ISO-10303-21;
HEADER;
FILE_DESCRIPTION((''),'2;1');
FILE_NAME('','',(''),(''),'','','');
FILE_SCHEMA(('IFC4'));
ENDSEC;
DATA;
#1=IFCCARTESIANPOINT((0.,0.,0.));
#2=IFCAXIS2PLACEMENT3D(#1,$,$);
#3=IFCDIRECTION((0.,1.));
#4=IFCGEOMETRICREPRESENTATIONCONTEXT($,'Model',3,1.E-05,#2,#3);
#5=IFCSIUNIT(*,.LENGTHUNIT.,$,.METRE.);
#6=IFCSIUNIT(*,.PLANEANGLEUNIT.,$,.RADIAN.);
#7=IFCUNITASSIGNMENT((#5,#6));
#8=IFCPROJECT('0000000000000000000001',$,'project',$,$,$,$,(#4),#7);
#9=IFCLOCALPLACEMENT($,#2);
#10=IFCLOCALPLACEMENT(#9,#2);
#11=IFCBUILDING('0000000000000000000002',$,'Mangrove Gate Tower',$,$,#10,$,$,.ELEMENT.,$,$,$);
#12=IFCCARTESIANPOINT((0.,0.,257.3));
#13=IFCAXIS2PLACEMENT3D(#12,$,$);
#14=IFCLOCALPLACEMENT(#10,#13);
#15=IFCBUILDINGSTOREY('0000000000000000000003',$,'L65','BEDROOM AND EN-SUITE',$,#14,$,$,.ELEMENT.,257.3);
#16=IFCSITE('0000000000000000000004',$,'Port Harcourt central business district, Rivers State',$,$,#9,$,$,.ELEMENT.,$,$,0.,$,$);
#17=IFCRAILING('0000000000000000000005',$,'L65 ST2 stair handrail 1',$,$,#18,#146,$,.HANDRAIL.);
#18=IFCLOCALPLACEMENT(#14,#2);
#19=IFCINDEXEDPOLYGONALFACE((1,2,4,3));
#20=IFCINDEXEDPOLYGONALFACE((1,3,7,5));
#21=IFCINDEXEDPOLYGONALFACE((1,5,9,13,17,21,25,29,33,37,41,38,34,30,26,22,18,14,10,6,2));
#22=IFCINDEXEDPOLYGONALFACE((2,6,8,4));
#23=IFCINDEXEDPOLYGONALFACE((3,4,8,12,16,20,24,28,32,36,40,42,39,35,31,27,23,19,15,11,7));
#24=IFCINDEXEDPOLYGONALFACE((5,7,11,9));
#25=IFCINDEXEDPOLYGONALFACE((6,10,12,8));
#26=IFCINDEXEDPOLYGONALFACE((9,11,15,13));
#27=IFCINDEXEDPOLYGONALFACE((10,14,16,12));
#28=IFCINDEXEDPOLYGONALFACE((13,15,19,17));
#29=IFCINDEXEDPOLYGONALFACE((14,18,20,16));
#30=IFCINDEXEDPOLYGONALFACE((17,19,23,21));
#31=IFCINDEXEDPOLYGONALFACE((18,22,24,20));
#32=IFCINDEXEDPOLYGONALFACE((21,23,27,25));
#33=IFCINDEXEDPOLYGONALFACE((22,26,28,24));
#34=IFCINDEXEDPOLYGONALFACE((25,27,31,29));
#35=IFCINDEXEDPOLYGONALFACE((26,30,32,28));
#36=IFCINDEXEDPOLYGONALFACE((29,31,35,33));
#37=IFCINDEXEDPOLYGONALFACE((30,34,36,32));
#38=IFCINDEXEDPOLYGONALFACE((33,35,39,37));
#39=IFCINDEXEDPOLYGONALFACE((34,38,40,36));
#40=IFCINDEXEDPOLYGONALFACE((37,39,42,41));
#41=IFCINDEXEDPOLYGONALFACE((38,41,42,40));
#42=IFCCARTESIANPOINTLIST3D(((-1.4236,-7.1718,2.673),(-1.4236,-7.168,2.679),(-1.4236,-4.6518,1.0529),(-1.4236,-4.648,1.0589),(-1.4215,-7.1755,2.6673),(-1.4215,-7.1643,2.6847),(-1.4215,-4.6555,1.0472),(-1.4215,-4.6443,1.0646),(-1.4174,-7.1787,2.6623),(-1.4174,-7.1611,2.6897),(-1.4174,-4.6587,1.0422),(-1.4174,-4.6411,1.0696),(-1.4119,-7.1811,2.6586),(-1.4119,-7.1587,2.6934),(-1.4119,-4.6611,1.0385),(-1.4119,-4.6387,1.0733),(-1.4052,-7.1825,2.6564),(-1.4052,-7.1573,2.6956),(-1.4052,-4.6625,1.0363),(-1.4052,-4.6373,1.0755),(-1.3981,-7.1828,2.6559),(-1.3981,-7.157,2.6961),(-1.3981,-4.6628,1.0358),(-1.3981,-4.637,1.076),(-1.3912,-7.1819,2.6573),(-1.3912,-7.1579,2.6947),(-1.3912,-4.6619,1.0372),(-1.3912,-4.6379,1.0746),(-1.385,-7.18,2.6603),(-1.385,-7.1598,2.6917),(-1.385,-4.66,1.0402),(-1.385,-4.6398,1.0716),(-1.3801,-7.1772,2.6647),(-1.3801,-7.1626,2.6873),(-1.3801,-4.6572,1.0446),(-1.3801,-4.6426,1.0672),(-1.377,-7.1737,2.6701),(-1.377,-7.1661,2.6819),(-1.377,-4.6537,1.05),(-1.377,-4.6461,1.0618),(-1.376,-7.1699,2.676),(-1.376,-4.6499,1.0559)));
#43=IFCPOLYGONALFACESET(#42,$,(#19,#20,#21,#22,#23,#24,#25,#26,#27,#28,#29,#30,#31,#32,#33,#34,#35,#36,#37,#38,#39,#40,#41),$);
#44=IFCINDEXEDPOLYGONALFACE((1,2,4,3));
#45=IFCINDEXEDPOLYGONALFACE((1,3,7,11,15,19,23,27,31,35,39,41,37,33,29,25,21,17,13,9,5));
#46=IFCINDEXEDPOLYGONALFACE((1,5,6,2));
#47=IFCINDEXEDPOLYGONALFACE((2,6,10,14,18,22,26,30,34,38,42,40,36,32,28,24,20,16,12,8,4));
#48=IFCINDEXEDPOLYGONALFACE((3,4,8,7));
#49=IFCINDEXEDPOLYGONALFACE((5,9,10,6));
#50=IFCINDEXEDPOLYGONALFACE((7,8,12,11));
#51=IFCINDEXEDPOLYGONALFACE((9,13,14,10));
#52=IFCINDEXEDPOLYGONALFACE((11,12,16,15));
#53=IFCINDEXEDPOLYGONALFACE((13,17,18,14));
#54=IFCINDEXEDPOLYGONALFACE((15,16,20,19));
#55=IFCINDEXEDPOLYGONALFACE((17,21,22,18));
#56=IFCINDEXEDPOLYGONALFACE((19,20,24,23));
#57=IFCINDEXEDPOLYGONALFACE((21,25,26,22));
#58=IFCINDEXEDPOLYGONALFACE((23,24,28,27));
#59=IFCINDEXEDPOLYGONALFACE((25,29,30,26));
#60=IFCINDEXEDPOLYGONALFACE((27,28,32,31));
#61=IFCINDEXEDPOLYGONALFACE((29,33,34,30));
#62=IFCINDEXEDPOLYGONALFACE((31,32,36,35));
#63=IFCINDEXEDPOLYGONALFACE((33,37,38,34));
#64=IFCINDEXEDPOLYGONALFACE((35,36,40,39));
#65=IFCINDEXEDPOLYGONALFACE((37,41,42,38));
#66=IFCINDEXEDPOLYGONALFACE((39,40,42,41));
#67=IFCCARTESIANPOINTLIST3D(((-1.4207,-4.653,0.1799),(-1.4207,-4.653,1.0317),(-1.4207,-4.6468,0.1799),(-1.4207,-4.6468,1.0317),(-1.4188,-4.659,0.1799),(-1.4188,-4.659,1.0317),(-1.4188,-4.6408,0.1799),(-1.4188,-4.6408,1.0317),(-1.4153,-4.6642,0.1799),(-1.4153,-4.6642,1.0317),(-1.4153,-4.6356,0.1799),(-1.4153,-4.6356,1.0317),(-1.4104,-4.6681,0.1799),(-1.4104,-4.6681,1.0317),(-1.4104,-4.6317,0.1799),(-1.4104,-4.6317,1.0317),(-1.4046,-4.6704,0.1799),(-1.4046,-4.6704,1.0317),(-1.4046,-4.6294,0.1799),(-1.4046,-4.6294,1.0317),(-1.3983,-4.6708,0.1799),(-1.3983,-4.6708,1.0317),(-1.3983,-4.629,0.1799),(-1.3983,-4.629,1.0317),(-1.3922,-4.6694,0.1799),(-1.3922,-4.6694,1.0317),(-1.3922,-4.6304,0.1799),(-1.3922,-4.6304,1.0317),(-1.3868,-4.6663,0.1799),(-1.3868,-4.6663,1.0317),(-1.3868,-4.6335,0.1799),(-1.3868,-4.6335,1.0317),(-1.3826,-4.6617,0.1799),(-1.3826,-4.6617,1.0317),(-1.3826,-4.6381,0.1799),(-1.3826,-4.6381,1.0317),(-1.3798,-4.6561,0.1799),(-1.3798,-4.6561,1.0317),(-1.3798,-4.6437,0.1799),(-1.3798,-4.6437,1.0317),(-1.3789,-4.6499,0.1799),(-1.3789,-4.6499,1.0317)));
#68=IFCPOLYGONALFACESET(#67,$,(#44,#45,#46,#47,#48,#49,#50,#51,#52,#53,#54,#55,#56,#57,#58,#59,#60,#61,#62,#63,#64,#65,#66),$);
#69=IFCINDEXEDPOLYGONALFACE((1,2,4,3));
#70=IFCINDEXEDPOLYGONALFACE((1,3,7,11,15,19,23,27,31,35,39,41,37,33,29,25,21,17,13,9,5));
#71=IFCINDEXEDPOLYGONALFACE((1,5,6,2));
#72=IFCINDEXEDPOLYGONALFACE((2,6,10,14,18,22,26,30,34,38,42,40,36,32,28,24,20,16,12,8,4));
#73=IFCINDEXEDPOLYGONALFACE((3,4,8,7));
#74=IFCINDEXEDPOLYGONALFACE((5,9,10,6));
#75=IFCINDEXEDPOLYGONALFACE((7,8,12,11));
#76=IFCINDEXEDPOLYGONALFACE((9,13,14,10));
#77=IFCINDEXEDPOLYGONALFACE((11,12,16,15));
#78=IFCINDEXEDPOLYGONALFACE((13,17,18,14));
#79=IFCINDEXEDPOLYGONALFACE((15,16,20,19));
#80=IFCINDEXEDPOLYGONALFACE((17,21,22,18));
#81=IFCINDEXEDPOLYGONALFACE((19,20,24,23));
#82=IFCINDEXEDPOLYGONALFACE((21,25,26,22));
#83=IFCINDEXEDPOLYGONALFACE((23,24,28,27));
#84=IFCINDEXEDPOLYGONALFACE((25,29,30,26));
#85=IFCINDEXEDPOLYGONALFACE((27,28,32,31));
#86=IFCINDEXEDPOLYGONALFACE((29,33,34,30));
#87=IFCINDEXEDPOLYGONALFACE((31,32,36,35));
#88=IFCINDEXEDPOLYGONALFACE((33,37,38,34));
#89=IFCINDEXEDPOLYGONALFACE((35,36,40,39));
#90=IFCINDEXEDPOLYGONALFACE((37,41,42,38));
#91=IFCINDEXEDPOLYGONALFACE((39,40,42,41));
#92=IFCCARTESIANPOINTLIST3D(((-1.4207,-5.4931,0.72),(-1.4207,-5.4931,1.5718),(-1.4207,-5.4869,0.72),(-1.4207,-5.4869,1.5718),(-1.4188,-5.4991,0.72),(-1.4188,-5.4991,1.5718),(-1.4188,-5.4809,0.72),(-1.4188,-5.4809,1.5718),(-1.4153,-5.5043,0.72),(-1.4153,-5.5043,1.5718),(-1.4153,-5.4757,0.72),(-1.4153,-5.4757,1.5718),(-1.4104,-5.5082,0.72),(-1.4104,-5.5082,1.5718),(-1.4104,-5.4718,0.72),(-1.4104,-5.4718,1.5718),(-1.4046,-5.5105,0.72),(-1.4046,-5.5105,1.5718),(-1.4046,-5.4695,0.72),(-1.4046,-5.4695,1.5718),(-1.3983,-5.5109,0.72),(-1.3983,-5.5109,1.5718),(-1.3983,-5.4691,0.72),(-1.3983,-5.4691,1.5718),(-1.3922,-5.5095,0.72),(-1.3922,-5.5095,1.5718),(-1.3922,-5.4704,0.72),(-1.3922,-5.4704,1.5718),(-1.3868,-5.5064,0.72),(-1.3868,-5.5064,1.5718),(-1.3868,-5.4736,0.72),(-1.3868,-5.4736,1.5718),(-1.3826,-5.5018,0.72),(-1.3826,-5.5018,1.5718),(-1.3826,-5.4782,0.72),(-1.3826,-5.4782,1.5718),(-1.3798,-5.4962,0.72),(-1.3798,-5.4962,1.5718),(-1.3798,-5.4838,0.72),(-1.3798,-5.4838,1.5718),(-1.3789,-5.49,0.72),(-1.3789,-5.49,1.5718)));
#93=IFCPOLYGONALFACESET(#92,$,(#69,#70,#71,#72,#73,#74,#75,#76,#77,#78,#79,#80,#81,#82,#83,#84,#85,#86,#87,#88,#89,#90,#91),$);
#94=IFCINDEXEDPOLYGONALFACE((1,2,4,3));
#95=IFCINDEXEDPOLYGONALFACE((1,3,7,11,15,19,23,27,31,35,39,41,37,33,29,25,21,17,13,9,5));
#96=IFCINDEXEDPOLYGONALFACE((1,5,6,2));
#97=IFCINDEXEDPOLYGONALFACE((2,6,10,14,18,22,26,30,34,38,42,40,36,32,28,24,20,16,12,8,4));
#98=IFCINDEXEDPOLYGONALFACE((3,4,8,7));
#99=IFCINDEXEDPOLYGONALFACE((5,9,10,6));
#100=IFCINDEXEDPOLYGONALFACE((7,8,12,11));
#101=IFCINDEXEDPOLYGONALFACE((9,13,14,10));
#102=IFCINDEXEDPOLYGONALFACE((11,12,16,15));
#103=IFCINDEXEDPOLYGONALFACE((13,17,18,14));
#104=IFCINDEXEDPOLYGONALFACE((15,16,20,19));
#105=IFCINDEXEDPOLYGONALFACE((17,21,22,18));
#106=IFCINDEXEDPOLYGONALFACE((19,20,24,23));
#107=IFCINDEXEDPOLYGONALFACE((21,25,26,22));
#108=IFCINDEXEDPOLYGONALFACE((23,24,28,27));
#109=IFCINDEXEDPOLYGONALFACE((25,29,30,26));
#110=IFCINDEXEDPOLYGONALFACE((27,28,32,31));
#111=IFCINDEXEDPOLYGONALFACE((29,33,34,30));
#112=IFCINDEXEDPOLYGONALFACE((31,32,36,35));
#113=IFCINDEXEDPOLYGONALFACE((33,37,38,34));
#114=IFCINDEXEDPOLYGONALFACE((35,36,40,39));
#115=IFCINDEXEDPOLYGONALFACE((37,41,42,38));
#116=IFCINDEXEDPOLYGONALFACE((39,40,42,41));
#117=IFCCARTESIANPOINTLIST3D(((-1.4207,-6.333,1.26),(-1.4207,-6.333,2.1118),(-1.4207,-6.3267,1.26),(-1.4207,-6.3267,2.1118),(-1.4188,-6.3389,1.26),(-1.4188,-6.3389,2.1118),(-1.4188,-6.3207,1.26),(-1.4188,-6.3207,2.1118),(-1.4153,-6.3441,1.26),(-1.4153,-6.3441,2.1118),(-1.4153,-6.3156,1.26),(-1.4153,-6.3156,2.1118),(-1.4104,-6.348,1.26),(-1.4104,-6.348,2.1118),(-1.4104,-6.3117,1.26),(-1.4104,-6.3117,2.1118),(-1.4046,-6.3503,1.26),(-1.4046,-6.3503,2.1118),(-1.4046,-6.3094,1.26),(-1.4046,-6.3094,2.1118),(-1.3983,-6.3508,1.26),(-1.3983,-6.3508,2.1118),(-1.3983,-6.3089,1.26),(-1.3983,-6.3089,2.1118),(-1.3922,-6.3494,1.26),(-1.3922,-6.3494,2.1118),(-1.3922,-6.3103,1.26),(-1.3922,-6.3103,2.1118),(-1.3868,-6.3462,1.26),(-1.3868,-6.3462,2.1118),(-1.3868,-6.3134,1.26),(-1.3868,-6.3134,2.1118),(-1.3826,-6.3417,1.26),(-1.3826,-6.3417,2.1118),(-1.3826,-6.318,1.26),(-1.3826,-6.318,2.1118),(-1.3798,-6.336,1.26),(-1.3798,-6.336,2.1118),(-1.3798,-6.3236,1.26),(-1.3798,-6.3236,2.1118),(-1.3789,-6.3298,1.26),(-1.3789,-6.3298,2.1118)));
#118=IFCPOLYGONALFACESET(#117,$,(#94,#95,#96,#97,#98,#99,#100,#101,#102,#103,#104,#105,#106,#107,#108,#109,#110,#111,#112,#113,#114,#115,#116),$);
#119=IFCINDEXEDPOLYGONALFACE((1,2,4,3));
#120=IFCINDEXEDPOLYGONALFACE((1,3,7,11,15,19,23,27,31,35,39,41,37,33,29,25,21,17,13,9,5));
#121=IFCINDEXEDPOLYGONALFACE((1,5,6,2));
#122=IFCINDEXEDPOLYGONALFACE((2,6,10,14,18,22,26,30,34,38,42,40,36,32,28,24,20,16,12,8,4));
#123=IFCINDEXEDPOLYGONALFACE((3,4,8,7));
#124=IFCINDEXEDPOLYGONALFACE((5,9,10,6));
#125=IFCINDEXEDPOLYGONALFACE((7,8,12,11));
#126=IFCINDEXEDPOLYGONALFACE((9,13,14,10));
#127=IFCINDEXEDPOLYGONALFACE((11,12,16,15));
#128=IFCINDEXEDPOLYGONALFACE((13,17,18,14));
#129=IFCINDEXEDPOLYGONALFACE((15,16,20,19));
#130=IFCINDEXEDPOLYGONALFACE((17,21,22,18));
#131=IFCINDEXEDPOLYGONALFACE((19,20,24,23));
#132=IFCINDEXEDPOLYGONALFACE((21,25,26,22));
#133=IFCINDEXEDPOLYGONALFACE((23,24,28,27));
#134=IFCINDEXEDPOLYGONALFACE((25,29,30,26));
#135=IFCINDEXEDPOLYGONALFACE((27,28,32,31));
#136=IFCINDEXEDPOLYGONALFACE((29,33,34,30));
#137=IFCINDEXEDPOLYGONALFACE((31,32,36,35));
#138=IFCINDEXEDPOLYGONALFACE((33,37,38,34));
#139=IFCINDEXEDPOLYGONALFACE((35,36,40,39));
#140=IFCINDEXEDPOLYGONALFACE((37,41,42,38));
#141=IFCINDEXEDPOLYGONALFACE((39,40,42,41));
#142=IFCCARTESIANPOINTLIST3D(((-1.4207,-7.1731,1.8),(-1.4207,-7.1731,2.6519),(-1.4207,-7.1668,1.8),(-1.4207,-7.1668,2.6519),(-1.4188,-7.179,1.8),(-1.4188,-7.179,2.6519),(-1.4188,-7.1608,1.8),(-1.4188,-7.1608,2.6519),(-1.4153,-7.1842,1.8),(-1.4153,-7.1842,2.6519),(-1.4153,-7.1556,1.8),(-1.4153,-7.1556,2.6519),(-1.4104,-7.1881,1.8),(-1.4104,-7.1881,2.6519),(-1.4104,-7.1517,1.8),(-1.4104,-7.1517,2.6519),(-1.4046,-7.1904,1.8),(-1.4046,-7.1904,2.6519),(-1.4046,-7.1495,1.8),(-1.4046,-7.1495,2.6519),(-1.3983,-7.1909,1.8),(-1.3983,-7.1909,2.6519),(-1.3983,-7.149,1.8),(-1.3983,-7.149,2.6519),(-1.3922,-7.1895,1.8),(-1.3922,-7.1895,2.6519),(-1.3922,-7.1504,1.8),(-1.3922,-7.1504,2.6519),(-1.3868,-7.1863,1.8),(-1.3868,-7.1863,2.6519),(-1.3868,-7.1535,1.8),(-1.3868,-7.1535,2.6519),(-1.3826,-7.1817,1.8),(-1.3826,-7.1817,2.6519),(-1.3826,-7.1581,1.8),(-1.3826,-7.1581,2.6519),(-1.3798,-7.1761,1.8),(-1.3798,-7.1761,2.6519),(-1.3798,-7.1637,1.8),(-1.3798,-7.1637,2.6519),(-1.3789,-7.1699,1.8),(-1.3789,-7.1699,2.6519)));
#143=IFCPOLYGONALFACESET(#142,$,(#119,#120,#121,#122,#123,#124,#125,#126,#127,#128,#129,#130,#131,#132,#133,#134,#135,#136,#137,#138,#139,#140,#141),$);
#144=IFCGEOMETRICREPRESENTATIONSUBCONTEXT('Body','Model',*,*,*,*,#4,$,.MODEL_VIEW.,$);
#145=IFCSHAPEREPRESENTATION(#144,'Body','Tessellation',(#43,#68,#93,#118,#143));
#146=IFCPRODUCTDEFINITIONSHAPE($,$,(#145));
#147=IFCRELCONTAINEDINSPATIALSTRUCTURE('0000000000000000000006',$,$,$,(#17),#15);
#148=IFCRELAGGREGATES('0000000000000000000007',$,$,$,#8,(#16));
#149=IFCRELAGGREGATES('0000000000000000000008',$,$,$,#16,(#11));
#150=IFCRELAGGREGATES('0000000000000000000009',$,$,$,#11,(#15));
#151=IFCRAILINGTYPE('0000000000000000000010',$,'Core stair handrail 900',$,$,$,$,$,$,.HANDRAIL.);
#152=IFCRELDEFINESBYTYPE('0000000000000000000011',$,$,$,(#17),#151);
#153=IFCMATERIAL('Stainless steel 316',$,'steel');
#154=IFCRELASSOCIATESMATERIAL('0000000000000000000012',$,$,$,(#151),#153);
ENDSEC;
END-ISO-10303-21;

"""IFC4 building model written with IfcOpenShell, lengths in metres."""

from ifc_helpers import new_model, si_unit, direction, frame, origin, origin_2d, place, context, subcontext, project, spatial, circle, extrude, material, type_object, element, save


model = new_model("IFC4")

# Units and contexts
model_context = context("Model", 3, precision=1e-05, world=origin(), true_north=direction((0.0, 1.0)))
body_context = subcontext(model_context, "Body", "Model", "MODEL_VIEW")
ifc_project = project(units=[si_unit("LENGTHUNIT", "METRE"), si_unit("PLANEANGLEUNIT", "RADIAN")], contexts=[model_context])

# Site, building, storey
site_placement = place(None, origin())
site = spatial("IfcSite", under=ifc_project, at=site_placement, Name="Port Harcourt central business district, Rivers State", CompositionType="ELEMENT", RefElevation=0.0)
building_placement = place(site_placement, origin())
building = spatial("IfcBuilding", under=site, at=building_placement, Name="Mangrove Gate Tower", CompositionType="ELEMENT")
storey_placement = place(building_placement, frame((0.0, 0.0, 257.3)))
storey = spatial("IfcBuildingStorey", under=building, at=storey_placement, Name="L65", Description="BEDROOM AND EN-SUITE", CompositionType="ELEMENT", Elevation=257.3)

# Railing
ifc_material_1 = material(Name="Stainless steel 316", Category="steel")
railing_type_1 = type_object("IfcRailingType", Name="Core stair handrail 900", PredefinedType="HANDRAIL", material=ifc_material_1)
railing_1_placement = place(storey_placement, frame((-1.3999, -4.6499, 0.1799)))
element("IfcRailing", 1, at=railing_1_placement, inside=storey, type_object=railing_type_1, Name="L65 ST2 stair handrail 1", PredefinedType="HANDRAIL", context=body_context, shape_type="SweptSolid", body=[
    extrude(circle(Radius=0.0239, at=origin_2d()), frame((0.0, 0.0, 0.876), z_axis=(0.0, -0.841163, 0.540782), x_axis=(1.0, 0.0, 0.0)), (0.0, 0.0, 1.0), 2.9958),
    extrude(circle(Radius=0.021, at=origin_2d()), origin(), (0.0, 0.0, 1.0), 0.8518),
    extrude(circle(Radius=0.021, at=origin_2d()), frame((0.0, -0.8401, 0.54)), (0.0, 0.0, 1.0), 0.8518),
    extrude(circle(Radius=0.021, at=origin_2d()), frame((0.0, -1.6799, 1.0801)), (0.0, 0.0, 1.0), 0.8518),
    extrude(circle(Radius=0.021, at=origin_2d()), frame((0.0, -2.52, 1.6201)), (0.0, 0.0, 1.0), 0.8518),
])

save(model, "model.ifc")
